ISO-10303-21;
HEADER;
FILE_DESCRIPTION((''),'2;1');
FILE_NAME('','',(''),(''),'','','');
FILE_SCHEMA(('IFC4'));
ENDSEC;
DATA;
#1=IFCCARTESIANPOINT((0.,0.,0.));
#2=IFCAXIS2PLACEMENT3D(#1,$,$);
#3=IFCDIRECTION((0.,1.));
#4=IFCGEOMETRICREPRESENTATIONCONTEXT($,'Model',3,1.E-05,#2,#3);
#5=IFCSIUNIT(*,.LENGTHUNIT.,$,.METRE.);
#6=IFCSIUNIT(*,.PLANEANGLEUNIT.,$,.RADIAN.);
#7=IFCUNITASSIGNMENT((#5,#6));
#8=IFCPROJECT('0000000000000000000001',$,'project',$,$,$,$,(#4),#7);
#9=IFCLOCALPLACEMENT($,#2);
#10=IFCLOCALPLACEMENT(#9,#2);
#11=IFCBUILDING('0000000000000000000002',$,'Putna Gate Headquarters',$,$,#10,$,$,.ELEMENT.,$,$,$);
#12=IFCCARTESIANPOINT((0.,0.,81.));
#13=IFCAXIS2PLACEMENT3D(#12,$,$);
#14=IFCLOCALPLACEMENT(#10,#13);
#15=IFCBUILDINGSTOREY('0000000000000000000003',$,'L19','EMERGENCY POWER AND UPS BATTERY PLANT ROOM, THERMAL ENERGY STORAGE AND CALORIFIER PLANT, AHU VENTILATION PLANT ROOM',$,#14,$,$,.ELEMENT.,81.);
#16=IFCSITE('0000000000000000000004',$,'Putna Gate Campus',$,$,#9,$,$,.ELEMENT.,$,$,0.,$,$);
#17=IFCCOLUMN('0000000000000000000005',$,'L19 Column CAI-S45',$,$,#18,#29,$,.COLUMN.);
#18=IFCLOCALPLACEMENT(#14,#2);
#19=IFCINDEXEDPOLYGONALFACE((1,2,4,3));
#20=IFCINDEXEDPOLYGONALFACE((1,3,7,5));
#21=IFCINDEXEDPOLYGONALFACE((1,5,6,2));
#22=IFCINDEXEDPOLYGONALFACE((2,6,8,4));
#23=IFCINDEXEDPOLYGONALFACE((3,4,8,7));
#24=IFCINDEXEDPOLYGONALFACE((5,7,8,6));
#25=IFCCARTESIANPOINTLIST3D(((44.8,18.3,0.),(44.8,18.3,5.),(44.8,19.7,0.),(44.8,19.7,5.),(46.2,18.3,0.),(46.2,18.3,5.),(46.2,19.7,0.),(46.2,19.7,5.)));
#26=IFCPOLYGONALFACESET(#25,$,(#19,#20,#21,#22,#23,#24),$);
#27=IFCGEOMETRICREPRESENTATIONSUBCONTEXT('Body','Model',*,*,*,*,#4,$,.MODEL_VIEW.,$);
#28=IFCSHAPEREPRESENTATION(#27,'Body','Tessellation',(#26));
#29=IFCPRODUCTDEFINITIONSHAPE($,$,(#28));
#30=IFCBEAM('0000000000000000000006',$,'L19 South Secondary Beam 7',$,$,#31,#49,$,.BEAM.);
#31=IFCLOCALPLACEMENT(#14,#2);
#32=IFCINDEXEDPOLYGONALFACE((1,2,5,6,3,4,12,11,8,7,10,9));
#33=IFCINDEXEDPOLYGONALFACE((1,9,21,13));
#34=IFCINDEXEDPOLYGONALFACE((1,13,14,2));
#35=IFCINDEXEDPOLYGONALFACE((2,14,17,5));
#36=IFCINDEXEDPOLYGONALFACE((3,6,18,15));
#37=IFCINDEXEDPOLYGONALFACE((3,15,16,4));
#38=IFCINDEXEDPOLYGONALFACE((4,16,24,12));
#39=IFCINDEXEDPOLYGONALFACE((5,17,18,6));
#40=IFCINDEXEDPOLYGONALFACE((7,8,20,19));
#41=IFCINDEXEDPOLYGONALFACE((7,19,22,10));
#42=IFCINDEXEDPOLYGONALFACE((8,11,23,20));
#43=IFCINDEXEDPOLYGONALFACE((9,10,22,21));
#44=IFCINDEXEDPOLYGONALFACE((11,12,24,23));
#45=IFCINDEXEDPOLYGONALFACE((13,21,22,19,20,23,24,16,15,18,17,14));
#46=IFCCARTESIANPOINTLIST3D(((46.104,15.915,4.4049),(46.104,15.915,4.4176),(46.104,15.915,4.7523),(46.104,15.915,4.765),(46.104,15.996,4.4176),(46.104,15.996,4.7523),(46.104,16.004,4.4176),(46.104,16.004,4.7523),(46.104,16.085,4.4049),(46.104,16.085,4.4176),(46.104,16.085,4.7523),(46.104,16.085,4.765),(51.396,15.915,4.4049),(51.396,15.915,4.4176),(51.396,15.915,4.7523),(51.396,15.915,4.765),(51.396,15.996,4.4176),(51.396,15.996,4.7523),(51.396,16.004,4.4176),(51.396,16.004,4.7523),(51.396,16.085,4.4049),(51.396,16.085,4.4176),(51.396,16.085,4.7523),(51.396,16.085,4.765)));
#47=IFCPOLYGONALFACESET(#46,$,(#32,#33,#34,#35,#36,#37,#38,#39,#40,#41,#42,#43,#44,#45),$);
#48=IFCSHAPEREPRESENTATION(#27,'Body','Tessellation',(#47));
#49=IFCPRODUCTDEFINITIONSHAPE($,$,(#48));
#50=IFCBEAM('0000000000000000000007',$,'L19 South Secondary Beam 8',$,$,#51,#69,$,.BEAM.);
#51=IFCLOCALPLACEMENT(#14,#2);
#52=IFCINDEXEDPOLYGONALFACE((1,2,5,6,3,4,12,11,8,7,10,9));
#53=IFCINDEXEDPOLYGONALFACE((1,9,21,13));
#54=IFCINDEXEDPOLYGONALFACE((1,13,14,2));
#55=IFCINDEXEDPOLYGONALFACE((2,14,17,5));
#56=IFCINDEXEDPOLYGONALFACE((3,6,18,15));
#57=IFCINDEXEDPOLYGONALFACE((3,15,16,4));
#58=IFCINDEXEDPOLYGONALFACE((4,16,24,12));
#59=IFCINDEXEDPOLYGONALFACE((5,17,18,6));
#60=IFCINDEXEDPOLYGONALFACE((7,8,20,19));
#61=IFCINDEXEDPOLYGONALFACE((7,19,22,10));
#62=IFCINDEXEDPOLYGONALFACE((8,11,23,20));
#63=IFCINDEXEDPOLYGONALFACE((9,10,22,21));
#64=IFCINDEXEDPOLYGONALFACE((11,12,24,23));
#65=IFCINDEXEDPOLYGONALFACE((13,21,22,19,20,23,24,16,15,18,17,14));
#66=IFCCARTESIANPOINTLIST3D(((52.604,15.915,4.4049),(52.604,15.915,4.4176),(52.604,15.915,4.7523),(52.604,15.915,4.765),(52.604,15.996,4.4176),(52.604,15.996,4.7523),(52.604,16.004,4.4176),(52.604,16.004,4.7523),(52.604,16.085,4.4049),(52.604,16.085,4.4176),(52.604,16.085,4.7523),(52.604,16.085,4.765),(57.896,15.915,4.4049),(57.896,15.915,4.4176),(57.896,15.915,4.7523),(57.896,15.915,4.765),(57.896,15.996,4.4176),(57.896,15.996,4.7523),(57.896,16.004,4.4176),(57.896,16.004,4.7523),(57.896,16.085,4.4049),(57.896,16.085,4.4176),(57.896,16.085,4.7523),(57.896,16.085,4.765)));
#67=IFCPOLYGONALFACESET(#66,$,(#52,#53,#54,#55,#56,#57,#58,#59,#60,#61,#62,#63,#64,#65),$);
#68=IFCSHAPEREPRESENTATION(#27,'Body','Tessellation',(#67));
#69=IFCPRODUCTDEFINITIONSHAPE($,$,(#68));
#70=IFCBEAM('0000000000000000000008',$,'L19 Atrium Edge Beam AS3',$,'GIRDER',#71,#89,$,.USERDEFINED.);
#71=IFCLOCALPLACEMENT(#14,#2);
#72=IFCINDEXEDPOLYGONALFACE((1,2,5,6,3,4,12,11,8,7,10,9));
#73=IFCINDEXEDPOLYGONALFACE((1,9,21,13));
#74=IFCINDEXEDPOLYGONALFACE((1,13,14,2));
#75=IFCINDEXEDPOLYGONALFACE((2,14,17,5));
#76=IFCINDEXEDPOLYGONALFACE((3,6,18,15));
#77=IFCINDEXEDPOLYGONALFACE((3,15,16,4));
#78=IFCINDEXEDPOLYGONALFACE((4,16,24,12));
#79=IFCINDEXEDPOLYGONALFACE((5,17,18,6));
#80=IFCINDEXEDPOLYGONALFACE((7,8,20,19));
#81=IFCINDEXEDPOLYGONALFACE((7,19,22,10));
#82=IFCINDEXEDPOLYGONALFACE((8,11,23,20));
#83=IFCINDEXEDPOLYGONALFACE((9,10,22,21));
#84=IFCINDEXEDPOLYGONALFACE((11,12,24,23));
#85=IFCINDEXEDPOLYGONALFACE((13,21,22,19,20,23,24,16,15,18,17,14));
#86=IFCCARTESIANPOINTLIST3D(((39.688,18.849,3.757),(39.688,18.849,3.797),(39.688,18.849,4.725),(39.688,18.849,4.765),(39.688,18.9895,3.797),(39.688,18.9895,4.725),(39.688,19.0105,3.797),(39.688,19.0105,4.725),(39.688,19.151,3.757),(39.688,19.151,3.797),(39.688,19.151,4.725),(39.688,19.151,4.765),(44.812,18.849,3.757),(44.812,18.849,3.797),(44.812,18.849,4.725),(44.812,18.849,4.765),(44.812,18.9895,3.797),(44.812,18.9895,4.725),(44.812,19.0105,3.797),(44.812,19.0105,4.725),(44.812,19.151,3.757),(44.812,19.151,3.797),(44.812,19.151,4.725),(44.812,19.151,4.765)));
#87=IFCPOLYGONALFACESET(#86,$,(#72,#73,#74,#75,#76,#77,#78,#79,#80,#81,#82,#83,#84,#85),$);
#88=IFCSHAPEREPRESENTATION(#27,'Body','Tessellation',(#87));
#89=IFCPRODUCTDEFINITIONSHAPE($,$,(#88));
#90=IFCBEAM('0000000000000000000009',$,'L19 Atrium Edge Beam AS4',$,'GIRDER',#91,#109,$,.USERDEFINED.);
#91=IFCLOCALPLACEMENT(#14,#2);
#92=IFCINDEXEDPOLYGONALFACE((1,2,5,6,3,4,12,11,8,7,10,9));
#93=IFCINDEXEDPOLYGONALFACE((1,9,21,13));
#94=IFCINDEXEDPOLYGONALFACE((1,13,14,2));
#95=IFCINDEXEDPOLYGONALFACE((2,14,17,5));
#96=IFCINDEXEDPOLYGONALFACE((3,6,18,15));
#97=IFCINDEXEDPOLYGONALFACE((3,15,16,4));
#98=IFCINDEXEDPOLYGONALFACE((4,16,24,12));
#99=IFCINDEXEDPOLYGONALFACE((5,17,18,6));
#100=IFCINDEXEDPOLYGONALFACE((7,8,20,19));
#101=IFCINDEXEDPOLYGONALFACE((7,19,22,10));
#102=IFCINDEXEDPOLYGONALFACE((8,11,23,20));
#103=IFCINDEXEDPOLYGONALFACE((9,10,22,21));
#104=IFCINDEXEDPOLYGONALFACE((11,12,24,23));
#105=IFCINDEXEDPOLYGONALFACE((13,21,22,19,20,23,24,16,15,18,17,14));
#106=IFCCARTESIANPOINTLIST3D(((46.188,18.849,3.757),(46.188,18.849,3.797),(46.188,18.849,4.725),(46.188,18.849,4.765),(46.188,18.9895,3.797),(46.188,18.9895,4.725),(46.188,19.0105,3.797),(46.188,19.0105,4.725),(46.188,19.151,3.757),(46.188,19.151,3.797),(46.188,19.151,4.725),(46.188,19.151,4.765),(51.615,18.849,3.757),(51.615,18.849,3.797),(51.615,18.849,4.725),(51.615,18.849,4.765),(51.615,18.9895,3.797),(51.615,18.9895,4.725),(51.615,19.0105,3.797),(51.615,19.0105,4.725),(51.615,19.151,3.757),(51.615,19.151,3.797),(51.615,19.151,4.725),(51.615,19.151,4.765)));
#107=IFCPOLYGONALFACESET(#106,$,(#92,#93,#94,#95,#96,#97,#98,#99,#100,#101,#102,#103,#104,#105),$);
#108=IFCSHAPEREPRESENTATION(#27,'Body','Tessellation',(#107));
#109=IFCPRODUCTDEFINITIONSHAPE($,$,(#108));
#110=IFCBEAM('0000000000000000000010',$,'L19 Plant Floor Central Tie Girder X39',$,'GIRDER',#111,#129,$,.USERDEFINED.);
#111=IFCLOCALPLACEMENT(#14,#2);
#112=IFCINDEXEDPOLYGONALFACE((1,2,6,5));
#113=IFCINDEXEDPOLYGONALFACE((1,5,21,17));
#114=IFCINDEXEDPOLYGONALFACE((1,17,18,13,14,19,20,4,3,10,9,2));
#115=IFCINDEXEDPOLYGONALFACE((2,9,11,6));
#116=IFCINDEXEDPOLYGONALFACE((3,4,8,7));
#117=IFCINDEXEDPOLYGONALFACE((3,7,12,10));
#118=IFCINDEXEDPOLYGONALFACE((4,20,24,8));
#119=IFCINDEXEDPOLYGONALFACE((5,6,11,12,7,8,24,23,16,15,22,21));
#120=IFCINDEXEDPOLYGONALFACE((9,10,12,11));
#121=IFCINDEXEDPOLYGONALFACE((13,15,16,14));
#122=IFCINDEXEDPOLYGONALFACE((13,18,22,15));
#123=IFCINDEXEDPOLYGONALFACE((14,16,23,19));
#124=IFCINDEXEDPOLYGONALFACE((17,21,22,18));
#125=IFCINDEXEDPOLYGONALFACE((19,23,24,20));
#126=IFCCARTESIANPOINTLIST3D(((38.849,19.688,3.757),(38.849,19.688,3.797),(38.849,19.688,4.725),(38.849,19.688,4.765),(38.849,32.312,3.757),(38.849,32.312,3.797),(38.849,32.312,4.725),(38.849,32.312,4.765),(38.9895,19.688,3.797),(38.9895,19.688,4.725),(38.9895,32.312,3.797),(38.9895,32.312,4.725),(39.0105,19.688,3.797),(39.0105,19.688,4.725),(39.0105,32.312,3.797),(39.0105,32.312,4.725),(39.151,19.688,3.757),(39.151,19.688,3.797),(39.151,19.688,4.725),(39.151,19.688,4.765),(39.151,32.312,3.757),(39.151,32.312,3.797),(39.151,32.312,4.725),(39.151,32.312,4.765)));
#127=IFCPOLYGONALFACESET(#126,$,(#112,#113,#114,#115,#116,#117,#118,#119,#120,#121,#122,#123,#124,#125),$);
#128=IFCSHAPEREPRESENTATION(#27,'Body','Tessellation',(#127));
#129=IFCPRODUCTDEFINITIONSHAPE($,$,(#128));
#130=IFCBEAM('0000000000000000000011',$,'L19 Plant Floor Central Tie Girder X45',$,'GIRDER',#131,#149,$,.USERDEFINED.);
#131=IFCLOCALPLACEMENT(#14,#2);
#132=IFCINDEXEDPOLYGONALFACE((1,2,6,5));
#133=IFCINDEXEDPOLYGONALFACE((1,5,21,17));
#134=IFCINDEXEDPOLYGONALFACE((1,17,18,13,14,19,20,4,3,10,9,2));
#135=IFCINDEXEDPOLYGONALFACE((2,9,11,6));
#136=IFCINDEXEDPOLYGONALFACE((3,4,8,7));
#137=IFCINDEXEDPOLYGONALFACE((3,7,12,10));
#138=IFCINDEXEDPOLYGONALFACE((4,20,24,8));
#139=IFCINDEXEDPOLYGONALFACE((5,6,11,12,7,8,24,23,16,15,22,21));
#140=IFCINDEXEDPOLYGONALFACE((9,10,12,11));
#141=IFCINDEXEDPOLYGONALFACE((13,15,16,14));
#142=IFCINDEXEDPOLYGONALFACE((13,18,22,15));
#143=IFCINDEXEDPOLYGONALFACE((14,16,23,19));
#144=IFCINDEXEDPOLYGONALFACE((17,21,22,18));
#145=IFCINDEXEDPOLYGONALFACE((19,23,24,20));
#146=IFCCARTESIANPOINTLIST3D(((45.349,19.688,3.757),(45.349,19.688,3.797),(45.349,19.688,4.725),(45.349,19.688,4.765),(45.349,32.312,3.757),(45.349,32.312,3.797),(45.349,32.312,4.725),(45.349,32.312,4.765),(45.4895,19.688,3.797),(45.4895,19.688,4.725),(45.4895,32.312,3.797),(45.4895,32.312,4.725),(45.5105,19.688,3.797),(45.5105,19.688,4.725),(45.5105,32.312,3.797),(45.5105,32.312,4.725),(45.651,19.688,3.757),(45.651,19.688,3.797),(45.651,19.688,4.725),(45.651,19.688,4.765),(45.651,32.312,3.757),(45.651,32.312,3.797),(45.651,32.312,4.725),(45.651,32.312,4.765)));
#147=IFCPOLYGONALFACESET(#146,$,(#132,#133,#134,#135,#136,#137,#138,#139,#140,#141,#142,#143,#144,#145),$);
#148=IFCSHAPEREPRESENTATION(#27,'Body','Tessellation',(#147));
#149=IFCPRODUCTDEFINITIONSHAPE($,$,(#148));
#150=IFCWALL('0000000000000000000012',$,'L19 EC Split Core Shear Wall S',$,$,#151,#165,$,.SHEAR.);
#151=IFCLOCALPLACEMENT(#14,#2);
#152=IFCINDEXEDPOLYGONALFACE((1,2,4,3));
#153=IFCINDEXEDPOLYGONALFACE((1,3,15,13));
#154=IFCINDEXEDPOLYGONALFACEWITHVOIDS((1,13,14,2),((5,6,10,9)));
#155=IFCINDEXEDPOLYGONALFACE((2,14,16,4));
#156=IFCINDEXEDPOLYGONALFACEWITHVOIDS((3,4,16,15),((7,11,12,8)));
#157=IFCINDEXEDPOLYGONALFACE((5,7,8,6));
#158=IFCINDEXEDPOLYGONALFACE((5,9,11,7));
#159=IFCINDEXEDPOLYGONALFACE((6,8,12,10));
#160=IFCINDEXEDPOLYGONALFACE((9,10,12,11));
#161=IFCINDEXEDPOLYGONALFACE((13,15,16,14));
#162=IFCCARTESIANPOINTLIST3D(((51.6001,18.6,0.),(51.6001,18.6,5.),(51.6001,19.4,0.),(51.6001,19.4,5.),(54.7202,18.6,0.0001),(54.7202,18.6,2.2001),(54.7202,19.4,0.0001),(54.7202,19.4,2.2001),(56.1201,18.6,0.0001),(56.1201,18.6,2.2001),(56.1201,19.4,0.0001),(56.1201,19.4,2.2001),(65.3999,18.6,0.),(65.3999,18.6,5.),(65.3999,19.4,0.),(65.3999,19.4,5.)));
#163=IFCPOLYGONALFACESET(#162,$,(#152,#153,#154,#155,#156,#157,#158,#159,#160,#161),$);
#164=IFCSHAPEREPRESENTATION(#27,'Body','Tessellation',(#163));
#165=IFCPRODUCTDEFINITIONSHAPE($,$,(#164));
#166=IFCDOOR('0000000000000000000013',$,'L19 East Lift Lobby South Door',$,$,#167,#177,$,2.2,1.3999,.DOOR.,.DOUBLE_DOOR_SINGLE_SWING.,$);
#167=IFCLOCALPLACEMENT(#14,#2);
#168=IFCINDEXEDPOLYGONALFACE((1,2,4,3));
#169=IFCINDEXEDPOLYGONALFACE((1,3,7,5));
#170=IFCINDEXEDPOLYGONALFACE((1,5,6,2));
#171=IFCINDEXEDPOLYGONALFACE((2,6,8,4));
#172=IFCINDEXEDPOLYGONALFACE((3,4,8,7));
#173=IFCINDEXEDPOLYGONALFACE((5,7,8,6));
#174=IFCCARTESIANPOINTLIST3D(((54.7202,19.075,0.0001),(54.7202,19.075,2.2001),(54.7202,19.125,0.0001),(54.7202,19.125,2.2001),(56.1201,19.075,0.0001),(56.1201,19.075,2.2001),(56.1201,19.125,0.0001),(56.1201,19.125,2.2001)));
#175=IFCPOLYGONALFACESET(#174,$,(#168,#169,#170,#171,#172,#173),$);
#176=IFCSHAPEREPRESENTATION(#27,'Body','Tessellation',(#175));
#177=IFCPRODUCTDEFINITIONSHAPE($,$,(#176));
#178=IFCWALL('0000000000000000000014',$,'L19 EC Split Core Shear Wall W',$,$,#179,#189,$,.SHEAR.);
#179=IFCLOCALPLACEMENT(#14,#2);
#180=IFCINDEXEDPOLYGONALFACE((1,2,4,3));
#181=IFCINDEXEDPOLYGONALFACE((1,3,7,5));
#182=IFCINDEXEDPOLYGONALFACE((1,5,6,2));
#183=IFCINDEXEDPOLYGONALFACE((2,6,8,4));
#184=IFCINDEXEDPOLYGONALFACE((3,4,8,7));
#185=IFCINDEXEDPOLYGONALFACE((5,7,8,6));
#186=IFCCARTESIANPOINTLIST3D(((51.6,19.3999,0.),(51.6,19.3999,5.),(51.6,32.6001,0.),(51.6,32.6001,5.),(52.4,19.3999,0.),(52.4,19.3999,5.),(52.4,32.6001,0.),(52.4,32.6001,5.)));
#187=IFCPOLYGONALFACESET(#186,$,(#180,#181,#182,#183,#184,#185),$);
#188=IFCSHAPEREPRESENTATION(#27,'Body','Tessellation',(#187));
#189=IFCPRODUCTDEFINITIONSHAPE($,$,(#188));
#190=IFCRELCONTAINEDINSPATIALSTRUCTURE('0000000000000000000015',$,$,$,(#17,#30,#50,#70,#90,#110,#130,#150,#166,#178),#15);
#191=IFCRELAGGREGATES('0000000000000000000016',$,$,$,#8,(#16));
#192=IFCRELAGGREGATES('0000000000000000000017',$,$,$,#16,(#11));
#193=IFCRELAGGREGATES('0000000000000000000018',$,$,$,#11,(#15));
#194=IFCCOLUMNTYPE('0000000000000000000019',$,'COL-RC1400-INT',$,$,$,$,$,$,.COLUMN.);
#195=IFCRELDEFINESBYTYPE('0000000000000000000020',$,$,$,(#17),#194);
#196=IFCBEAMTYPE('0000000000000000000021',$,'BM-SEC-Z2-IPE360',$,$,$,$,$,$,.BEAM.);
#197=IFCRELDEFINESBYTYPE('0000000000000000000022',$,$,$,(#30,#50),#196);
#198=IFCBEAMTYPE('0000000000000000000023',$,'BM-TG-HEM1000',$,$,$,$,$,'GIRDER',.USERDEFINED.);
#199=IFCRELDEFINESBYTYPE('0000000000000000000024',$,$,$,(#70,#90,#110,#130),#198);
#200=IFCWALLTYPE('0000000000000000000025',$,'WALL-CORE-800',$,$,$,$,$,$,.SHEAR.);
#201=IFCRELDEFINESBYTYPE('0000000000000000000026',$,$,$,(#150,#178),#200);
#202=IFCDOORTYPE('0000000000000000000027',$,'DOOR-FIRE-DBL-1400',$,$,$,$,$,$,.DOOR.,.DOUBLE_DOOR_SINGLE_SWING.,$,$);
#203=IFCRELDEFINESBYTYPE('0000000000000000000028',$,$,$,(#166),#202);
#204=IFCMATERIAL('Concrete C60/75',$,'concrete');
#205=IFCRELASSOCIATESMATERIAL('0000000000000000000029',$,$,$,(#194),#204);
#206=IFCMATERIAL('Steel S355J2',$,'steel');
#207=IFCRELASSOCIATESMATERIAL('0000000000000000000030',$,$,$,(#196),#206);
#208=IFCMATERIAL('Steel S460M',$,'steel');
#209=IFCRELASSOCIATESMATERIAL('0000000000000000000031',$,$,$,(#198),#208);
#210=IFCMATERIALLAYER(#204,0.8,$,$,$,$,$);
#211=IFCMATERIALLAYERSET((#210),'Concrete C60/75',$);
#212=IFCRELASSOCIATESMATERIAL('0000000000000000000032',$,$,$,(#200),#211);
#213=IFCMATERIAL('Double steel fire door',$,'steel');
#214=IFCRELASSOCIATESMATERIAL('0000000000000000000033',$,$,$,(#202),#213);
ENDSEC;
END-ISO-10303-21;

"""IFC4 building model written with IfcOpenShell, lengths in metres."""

from ifc_helpers import new_model, si_unit, direction, frame, frame_2d, origin, origin_2d, place, context, subcontext, project, spatial, rectangle, i_section, extrude, material, layer, layer_set, material_profile, profile_set, type_object, element, fill, save


model = new_model("IFC4")

# Units and contexts
model_context = context("Model", 3, precision=1e-05, world=origin(), true_north=direction((0.0, 1.0)))
body_context = subcontext(model_context, "Body", "Model", "MODEL_VIEW")
ifc_project = project(units=[si_unit("LENGTHUNIT", "METRE"), si_unit("PLANEANGLEUNIT", "RADIAN")], contexts=[model_context])

# Site, building, storey
site_placement = place(None, origin())
site = spatial("IfcSite", under=ifc_project, at=site_placement, Name="Putna Gate Campus", CompositionType="ELEMENT", RefElevation=0.0)
building_placement = place(site_placement, origin())
building = spatial("IfcBuilding", under=site, at=building_placement, Name="Putna Gate Headquarters", CompositionType="ELEMENT")
storey_placement = place(building_placement, frame((0.0, 0.0, 81.0)))
storey = spatial("IfcBuildingStorey", under=building, at=storey_placement, Name="L19", Description="EMERGENCY POWER AND UPS BATTERY PLANT ROOM, THERMAL ENERGY STORAGE AND CALORIFIER PLANT, AHU VENTILATION PLANT ROOM", CompositionType="ELEMENT", Elevation=81.0)

# Column
ifc_material_1 = material(Name="Concrete C60/75", Category="concrete")
ifc_material_profile_1 = material_profile(ifc_material_1, rectangle(XDim=1.3999, YDim=1.3999, at=origin_2d()), Name="Concrete C60/75")
ifc_profile_set_1 = profile_set([ifc_material_profile_1], Name="Concrete C60/75")
column_type = type_object("IfcColumnType", Name="COL-RC1400-INT", PredefinedType="COLUMN", material=ifc_profile_set_1)
column_placement = place(storey_placement, frame((45.5, 19.0, 0.0), z_axis=(0.0, 0.0, 1.0), x_axis=(1.0, 0.0, 0.0)))
element("IfcColumn", 1, at=column_placement, inside=storey, type_object=column_type, Name="L19 Column CAI-S45", PredefinedType="COLUMN", context=body_context, shape_type="SweptSolid", body=[
    extrude(rectangle(XDim=1.3999, YDim=1.3999, at=origin_2d()), origin(), (0.0, 0.0, 1.0), 5.0),
])

# Beams
ifc_material_2 = material(Name="Steel S355J2", Category="steel")
ifc_material_profile_2 = material_profile(ifc_material_2, i_section(OverallWidth=0.1699, OverallDepth=0.3601, WebThickness=0.0081, FlangeThickness=0.0127, at=origin_2d()), Name="Steel S355J2")
ifc_profile_set_2 = profile_set([ifc_material_profile_2], Name="Steel S355J2")
beam_type_1 = type_object("IfcBeamType", Name="BM-SEC-Z2-IPE360", PredefinedType="BEAM", material=ifc_profile_set_2)
for number, where, z_axis, x_axis, name in (
    (2, (46.104, 16.0, 4.585), (1.0, 0.0, 0.0), (0.0, 1.0, 0.0), "L19 South Secondary Beam 7"),
    (3, (52.604, 16.0, 4.585), (1.0, 0.0, 0.0), (0.0, 1.0, 0.0), "L19 South Secondary Beam 8"),
):
    element("IfcBeam", number, at=place(storey_placement, frame(where, z_axis=z_axis, x_axis=x_axis)), inside=storey, type_object=beam_type_1, Name=name, PredefinedType="BEAM", context=body_context, shape_type="SweptSolid", body=[
        extrude(i_section(OverallWidth=0.1699, OverallDepth=0.3601, WebThickness=0.0081, FlangeThickness=0.0127, at=origin_2d()), origin(), (0.0, 0.0, 1.0), 5.292),
    ])
ifc_material_3 = material(Name="Steel S460M", Category="steel")
ifc_material_profile_3 = material_profile(ifc_material_3, i_section(OverallWidth=0.302, OverallDepth=1.0081, WebThickness=0.021, FlangeThickness=0.04, at=origin_2d()), Name="Steel S460M")
ifc_profile_set_3 = profile_set([ifc_material_profile_3], Name="Steel S460M")
beam_type_2 = type_object("IfcBeamType", Name="BM-TG-HEM1000", ElementType="GIRDER", PredefinedType="USERDEFINED", material=ifc_profile_set_3)
beam_1_placement = place(storey_placement, frame((39.688, 19.0, 4.261), z_axis=(1.0, 0.0, 0.0), x_axis=(0.0, 1.0, 0.0)))
element("IfcBeam", 4, at=beam_1_placement, inside=storey, type_object=beam_type_2, Name="L19 Atrium Edge Beam AS3", ObjectType="GIRDER", PredefinedType="USERDEFINED", context=body_context, shape_type="SweptSolid", body=[
    extrude(i_section(OverallWidth=0.302, OverallDepth=1.0081, WebThickness=0.021, FlangeThickness=0.04, at=origin_2d()), origin(), (0.0, 0.0, 1.0), 5.124),
])
beam_2_placement = place(storey_placement, frame((46.188, 19.0, 4.261), z_axis=(1.0, 0.0, 0.0), x_axis=(0.0, 1.0, 0.0)))
element("IfcBeam", 5, at=beam_2_placement, inside=storey, type_object=beam_type_2, Name="L19 Atrium Edge Beam AS4", ObjectType="GIRDER", PredefinedType="USERDEFINED", context=body_context, shape_type="SweptSolid", body=[
    extrude(i_section(OverallWidth=0.302, OverallDepth=1.0081, WebThickness=0.021, FlangeThickness=0.04, at=origin_2d()), origin(), (0.0, 0.0, 1.0), 5.427),
])
for number, where, z_axis, x_axis, name in (
    (6, (39.0, 19.688, 4.261), (0.0, 1.0, 0.0), (-1.0, 0.0, 0.0), "L19 Plant Floor Central Tie Girder X39"),
    (7, (45.5, 19.688, 4.261), (0.0, 1.0, 0.0), (-1.0, 0.0, 0.0), "L19 Plant Floor Central Tie Girder X45"),
):
    element("IfcBeam", number, at=place(storey_placement, frame(where, z_axis=z_axis, x_axis=x_axis)), inside=storey, type_object=beam_type_2, Name=name, ObjectType="GIRDER", PredefinedType="USERDEFINED", context=body_context, shape_type="SweptSolid", body=[
        extrude(i_section(OverallWidth=0.302, OverallDepth=1.0081, WebThickness=0.021, FlangeThickness=0.04, at=origin_2d()), origin(), (0.0, 0.0, 1.0), 12.624),
    ])

# Wall, opening, door
ifc_layer_1 = layer(ifc_material_1, 0.8)
ifc_layer_set_1 = layer_set([ifc_layer_1], Name="Concrete C60/75")
wall_type_1 = type_object("IfcWallType", Name="WALL-CORE-800", PredefinedType="SHEAR", material=ifc_layer_set_1)
wall_1_placement = place(storey_placement, frame((51.6001, 19.0, 0.0), z_axis=(0.0, 0.0, 1.0), x_axis=(1.0, 0.0, 0.0)))
wall_1 = element("IfcWall", 8, at=wall_1_placement, inside=storey, type_object=wall_type_1, Name="L19 EC Split Core Shear Wall S", PredefinedType="SHEAR", context=body_context, shape_type="SweptSolid", body=[
    extrude(rectangle(XDim=13.7998, YDim=0.8, at=frame_2d((6.8999, 0.0))), origin(), (0.0, 0.0, 1.0), 5.0),
])
opening_1_placement = place(wall_1_placement, frame((3.1201, 0.0, 0.0)))
opening_1 = element("IfcOpeningElement", 9, at=opening_1_placement, cuts=wall_1, PredefinedType="OPENING", context=body_context, shape_type="SweptSolid", body=[
    extrude(rectangle(XDim=1.3999, YDim=2.2, at=frame_2d((0.7, 1.1001))), frame((0.0, 0.4099, 0.0), z_axis=(0.0, -1.0, 0.0), x_axis=(1.0, 0.0, 0.0)), (0.0, 0.0, 1.0), 0.8201),
])
ifc_material_4 = material(Name="Double steel fire door", Category="steel")
door_type_1 = type_object("IfcDoorType", Name="DOOR-FIRE-DBL-1400", OperationType="DOUBLE_DOOR_SINGLE_SWING", PredefinedType="DOOR", material=ifc_material_4)
door_1_placement = place(opening_1_placement, origin())
door_1 = element("IfcDoor", 10, at=door_1_placement, inside=storey, type_object=door_type_1, Name="L19 East Lift Lobby South Door", OperationType="DOUBLE_DOOR_SINGLE_SWING", OverallHeight=2.2, OverallWidth=1.3999, PredefinedType="DOOR", context=body_context, shape_type="SweptSolid", body=[
    extrude(rectangle(XDim=1.3999, YDim=2.2, at=frame_2d((0.7, 1.1001))), frame((0.0, 0.125, 0.0), z_axis=(0.0, -1.0, 0.0), x_axis=(1.0, 0.0, 0.0)), (0.0, 0.0, 1.0), 0.05),
])
fill(opening_1, door_1)

# Wall
wall_2_placement = place(storey_placement, frame((52.0, 19.3999, 0.0), z_axis=(0.0, 0.0, 1.0), x_axis=(0.0, 1.0, 0.0)))
element("IfcWall", 11, at=wall_2_placement, inside=storey, type_object=wall_type_1, Name="L19 EC Split Core Shear Wall W", PredefinedType="SHEAR", context=body_context, shape_type="SweptSolid", body=[
    extrude(rectangle(XDim=13.2002, YDim=0.8, at=frame_2d((6.6001, 0.0))), origin(), (0.0, 0.0, 1.0), 5.0),
])

save(model, "model.ifc")
